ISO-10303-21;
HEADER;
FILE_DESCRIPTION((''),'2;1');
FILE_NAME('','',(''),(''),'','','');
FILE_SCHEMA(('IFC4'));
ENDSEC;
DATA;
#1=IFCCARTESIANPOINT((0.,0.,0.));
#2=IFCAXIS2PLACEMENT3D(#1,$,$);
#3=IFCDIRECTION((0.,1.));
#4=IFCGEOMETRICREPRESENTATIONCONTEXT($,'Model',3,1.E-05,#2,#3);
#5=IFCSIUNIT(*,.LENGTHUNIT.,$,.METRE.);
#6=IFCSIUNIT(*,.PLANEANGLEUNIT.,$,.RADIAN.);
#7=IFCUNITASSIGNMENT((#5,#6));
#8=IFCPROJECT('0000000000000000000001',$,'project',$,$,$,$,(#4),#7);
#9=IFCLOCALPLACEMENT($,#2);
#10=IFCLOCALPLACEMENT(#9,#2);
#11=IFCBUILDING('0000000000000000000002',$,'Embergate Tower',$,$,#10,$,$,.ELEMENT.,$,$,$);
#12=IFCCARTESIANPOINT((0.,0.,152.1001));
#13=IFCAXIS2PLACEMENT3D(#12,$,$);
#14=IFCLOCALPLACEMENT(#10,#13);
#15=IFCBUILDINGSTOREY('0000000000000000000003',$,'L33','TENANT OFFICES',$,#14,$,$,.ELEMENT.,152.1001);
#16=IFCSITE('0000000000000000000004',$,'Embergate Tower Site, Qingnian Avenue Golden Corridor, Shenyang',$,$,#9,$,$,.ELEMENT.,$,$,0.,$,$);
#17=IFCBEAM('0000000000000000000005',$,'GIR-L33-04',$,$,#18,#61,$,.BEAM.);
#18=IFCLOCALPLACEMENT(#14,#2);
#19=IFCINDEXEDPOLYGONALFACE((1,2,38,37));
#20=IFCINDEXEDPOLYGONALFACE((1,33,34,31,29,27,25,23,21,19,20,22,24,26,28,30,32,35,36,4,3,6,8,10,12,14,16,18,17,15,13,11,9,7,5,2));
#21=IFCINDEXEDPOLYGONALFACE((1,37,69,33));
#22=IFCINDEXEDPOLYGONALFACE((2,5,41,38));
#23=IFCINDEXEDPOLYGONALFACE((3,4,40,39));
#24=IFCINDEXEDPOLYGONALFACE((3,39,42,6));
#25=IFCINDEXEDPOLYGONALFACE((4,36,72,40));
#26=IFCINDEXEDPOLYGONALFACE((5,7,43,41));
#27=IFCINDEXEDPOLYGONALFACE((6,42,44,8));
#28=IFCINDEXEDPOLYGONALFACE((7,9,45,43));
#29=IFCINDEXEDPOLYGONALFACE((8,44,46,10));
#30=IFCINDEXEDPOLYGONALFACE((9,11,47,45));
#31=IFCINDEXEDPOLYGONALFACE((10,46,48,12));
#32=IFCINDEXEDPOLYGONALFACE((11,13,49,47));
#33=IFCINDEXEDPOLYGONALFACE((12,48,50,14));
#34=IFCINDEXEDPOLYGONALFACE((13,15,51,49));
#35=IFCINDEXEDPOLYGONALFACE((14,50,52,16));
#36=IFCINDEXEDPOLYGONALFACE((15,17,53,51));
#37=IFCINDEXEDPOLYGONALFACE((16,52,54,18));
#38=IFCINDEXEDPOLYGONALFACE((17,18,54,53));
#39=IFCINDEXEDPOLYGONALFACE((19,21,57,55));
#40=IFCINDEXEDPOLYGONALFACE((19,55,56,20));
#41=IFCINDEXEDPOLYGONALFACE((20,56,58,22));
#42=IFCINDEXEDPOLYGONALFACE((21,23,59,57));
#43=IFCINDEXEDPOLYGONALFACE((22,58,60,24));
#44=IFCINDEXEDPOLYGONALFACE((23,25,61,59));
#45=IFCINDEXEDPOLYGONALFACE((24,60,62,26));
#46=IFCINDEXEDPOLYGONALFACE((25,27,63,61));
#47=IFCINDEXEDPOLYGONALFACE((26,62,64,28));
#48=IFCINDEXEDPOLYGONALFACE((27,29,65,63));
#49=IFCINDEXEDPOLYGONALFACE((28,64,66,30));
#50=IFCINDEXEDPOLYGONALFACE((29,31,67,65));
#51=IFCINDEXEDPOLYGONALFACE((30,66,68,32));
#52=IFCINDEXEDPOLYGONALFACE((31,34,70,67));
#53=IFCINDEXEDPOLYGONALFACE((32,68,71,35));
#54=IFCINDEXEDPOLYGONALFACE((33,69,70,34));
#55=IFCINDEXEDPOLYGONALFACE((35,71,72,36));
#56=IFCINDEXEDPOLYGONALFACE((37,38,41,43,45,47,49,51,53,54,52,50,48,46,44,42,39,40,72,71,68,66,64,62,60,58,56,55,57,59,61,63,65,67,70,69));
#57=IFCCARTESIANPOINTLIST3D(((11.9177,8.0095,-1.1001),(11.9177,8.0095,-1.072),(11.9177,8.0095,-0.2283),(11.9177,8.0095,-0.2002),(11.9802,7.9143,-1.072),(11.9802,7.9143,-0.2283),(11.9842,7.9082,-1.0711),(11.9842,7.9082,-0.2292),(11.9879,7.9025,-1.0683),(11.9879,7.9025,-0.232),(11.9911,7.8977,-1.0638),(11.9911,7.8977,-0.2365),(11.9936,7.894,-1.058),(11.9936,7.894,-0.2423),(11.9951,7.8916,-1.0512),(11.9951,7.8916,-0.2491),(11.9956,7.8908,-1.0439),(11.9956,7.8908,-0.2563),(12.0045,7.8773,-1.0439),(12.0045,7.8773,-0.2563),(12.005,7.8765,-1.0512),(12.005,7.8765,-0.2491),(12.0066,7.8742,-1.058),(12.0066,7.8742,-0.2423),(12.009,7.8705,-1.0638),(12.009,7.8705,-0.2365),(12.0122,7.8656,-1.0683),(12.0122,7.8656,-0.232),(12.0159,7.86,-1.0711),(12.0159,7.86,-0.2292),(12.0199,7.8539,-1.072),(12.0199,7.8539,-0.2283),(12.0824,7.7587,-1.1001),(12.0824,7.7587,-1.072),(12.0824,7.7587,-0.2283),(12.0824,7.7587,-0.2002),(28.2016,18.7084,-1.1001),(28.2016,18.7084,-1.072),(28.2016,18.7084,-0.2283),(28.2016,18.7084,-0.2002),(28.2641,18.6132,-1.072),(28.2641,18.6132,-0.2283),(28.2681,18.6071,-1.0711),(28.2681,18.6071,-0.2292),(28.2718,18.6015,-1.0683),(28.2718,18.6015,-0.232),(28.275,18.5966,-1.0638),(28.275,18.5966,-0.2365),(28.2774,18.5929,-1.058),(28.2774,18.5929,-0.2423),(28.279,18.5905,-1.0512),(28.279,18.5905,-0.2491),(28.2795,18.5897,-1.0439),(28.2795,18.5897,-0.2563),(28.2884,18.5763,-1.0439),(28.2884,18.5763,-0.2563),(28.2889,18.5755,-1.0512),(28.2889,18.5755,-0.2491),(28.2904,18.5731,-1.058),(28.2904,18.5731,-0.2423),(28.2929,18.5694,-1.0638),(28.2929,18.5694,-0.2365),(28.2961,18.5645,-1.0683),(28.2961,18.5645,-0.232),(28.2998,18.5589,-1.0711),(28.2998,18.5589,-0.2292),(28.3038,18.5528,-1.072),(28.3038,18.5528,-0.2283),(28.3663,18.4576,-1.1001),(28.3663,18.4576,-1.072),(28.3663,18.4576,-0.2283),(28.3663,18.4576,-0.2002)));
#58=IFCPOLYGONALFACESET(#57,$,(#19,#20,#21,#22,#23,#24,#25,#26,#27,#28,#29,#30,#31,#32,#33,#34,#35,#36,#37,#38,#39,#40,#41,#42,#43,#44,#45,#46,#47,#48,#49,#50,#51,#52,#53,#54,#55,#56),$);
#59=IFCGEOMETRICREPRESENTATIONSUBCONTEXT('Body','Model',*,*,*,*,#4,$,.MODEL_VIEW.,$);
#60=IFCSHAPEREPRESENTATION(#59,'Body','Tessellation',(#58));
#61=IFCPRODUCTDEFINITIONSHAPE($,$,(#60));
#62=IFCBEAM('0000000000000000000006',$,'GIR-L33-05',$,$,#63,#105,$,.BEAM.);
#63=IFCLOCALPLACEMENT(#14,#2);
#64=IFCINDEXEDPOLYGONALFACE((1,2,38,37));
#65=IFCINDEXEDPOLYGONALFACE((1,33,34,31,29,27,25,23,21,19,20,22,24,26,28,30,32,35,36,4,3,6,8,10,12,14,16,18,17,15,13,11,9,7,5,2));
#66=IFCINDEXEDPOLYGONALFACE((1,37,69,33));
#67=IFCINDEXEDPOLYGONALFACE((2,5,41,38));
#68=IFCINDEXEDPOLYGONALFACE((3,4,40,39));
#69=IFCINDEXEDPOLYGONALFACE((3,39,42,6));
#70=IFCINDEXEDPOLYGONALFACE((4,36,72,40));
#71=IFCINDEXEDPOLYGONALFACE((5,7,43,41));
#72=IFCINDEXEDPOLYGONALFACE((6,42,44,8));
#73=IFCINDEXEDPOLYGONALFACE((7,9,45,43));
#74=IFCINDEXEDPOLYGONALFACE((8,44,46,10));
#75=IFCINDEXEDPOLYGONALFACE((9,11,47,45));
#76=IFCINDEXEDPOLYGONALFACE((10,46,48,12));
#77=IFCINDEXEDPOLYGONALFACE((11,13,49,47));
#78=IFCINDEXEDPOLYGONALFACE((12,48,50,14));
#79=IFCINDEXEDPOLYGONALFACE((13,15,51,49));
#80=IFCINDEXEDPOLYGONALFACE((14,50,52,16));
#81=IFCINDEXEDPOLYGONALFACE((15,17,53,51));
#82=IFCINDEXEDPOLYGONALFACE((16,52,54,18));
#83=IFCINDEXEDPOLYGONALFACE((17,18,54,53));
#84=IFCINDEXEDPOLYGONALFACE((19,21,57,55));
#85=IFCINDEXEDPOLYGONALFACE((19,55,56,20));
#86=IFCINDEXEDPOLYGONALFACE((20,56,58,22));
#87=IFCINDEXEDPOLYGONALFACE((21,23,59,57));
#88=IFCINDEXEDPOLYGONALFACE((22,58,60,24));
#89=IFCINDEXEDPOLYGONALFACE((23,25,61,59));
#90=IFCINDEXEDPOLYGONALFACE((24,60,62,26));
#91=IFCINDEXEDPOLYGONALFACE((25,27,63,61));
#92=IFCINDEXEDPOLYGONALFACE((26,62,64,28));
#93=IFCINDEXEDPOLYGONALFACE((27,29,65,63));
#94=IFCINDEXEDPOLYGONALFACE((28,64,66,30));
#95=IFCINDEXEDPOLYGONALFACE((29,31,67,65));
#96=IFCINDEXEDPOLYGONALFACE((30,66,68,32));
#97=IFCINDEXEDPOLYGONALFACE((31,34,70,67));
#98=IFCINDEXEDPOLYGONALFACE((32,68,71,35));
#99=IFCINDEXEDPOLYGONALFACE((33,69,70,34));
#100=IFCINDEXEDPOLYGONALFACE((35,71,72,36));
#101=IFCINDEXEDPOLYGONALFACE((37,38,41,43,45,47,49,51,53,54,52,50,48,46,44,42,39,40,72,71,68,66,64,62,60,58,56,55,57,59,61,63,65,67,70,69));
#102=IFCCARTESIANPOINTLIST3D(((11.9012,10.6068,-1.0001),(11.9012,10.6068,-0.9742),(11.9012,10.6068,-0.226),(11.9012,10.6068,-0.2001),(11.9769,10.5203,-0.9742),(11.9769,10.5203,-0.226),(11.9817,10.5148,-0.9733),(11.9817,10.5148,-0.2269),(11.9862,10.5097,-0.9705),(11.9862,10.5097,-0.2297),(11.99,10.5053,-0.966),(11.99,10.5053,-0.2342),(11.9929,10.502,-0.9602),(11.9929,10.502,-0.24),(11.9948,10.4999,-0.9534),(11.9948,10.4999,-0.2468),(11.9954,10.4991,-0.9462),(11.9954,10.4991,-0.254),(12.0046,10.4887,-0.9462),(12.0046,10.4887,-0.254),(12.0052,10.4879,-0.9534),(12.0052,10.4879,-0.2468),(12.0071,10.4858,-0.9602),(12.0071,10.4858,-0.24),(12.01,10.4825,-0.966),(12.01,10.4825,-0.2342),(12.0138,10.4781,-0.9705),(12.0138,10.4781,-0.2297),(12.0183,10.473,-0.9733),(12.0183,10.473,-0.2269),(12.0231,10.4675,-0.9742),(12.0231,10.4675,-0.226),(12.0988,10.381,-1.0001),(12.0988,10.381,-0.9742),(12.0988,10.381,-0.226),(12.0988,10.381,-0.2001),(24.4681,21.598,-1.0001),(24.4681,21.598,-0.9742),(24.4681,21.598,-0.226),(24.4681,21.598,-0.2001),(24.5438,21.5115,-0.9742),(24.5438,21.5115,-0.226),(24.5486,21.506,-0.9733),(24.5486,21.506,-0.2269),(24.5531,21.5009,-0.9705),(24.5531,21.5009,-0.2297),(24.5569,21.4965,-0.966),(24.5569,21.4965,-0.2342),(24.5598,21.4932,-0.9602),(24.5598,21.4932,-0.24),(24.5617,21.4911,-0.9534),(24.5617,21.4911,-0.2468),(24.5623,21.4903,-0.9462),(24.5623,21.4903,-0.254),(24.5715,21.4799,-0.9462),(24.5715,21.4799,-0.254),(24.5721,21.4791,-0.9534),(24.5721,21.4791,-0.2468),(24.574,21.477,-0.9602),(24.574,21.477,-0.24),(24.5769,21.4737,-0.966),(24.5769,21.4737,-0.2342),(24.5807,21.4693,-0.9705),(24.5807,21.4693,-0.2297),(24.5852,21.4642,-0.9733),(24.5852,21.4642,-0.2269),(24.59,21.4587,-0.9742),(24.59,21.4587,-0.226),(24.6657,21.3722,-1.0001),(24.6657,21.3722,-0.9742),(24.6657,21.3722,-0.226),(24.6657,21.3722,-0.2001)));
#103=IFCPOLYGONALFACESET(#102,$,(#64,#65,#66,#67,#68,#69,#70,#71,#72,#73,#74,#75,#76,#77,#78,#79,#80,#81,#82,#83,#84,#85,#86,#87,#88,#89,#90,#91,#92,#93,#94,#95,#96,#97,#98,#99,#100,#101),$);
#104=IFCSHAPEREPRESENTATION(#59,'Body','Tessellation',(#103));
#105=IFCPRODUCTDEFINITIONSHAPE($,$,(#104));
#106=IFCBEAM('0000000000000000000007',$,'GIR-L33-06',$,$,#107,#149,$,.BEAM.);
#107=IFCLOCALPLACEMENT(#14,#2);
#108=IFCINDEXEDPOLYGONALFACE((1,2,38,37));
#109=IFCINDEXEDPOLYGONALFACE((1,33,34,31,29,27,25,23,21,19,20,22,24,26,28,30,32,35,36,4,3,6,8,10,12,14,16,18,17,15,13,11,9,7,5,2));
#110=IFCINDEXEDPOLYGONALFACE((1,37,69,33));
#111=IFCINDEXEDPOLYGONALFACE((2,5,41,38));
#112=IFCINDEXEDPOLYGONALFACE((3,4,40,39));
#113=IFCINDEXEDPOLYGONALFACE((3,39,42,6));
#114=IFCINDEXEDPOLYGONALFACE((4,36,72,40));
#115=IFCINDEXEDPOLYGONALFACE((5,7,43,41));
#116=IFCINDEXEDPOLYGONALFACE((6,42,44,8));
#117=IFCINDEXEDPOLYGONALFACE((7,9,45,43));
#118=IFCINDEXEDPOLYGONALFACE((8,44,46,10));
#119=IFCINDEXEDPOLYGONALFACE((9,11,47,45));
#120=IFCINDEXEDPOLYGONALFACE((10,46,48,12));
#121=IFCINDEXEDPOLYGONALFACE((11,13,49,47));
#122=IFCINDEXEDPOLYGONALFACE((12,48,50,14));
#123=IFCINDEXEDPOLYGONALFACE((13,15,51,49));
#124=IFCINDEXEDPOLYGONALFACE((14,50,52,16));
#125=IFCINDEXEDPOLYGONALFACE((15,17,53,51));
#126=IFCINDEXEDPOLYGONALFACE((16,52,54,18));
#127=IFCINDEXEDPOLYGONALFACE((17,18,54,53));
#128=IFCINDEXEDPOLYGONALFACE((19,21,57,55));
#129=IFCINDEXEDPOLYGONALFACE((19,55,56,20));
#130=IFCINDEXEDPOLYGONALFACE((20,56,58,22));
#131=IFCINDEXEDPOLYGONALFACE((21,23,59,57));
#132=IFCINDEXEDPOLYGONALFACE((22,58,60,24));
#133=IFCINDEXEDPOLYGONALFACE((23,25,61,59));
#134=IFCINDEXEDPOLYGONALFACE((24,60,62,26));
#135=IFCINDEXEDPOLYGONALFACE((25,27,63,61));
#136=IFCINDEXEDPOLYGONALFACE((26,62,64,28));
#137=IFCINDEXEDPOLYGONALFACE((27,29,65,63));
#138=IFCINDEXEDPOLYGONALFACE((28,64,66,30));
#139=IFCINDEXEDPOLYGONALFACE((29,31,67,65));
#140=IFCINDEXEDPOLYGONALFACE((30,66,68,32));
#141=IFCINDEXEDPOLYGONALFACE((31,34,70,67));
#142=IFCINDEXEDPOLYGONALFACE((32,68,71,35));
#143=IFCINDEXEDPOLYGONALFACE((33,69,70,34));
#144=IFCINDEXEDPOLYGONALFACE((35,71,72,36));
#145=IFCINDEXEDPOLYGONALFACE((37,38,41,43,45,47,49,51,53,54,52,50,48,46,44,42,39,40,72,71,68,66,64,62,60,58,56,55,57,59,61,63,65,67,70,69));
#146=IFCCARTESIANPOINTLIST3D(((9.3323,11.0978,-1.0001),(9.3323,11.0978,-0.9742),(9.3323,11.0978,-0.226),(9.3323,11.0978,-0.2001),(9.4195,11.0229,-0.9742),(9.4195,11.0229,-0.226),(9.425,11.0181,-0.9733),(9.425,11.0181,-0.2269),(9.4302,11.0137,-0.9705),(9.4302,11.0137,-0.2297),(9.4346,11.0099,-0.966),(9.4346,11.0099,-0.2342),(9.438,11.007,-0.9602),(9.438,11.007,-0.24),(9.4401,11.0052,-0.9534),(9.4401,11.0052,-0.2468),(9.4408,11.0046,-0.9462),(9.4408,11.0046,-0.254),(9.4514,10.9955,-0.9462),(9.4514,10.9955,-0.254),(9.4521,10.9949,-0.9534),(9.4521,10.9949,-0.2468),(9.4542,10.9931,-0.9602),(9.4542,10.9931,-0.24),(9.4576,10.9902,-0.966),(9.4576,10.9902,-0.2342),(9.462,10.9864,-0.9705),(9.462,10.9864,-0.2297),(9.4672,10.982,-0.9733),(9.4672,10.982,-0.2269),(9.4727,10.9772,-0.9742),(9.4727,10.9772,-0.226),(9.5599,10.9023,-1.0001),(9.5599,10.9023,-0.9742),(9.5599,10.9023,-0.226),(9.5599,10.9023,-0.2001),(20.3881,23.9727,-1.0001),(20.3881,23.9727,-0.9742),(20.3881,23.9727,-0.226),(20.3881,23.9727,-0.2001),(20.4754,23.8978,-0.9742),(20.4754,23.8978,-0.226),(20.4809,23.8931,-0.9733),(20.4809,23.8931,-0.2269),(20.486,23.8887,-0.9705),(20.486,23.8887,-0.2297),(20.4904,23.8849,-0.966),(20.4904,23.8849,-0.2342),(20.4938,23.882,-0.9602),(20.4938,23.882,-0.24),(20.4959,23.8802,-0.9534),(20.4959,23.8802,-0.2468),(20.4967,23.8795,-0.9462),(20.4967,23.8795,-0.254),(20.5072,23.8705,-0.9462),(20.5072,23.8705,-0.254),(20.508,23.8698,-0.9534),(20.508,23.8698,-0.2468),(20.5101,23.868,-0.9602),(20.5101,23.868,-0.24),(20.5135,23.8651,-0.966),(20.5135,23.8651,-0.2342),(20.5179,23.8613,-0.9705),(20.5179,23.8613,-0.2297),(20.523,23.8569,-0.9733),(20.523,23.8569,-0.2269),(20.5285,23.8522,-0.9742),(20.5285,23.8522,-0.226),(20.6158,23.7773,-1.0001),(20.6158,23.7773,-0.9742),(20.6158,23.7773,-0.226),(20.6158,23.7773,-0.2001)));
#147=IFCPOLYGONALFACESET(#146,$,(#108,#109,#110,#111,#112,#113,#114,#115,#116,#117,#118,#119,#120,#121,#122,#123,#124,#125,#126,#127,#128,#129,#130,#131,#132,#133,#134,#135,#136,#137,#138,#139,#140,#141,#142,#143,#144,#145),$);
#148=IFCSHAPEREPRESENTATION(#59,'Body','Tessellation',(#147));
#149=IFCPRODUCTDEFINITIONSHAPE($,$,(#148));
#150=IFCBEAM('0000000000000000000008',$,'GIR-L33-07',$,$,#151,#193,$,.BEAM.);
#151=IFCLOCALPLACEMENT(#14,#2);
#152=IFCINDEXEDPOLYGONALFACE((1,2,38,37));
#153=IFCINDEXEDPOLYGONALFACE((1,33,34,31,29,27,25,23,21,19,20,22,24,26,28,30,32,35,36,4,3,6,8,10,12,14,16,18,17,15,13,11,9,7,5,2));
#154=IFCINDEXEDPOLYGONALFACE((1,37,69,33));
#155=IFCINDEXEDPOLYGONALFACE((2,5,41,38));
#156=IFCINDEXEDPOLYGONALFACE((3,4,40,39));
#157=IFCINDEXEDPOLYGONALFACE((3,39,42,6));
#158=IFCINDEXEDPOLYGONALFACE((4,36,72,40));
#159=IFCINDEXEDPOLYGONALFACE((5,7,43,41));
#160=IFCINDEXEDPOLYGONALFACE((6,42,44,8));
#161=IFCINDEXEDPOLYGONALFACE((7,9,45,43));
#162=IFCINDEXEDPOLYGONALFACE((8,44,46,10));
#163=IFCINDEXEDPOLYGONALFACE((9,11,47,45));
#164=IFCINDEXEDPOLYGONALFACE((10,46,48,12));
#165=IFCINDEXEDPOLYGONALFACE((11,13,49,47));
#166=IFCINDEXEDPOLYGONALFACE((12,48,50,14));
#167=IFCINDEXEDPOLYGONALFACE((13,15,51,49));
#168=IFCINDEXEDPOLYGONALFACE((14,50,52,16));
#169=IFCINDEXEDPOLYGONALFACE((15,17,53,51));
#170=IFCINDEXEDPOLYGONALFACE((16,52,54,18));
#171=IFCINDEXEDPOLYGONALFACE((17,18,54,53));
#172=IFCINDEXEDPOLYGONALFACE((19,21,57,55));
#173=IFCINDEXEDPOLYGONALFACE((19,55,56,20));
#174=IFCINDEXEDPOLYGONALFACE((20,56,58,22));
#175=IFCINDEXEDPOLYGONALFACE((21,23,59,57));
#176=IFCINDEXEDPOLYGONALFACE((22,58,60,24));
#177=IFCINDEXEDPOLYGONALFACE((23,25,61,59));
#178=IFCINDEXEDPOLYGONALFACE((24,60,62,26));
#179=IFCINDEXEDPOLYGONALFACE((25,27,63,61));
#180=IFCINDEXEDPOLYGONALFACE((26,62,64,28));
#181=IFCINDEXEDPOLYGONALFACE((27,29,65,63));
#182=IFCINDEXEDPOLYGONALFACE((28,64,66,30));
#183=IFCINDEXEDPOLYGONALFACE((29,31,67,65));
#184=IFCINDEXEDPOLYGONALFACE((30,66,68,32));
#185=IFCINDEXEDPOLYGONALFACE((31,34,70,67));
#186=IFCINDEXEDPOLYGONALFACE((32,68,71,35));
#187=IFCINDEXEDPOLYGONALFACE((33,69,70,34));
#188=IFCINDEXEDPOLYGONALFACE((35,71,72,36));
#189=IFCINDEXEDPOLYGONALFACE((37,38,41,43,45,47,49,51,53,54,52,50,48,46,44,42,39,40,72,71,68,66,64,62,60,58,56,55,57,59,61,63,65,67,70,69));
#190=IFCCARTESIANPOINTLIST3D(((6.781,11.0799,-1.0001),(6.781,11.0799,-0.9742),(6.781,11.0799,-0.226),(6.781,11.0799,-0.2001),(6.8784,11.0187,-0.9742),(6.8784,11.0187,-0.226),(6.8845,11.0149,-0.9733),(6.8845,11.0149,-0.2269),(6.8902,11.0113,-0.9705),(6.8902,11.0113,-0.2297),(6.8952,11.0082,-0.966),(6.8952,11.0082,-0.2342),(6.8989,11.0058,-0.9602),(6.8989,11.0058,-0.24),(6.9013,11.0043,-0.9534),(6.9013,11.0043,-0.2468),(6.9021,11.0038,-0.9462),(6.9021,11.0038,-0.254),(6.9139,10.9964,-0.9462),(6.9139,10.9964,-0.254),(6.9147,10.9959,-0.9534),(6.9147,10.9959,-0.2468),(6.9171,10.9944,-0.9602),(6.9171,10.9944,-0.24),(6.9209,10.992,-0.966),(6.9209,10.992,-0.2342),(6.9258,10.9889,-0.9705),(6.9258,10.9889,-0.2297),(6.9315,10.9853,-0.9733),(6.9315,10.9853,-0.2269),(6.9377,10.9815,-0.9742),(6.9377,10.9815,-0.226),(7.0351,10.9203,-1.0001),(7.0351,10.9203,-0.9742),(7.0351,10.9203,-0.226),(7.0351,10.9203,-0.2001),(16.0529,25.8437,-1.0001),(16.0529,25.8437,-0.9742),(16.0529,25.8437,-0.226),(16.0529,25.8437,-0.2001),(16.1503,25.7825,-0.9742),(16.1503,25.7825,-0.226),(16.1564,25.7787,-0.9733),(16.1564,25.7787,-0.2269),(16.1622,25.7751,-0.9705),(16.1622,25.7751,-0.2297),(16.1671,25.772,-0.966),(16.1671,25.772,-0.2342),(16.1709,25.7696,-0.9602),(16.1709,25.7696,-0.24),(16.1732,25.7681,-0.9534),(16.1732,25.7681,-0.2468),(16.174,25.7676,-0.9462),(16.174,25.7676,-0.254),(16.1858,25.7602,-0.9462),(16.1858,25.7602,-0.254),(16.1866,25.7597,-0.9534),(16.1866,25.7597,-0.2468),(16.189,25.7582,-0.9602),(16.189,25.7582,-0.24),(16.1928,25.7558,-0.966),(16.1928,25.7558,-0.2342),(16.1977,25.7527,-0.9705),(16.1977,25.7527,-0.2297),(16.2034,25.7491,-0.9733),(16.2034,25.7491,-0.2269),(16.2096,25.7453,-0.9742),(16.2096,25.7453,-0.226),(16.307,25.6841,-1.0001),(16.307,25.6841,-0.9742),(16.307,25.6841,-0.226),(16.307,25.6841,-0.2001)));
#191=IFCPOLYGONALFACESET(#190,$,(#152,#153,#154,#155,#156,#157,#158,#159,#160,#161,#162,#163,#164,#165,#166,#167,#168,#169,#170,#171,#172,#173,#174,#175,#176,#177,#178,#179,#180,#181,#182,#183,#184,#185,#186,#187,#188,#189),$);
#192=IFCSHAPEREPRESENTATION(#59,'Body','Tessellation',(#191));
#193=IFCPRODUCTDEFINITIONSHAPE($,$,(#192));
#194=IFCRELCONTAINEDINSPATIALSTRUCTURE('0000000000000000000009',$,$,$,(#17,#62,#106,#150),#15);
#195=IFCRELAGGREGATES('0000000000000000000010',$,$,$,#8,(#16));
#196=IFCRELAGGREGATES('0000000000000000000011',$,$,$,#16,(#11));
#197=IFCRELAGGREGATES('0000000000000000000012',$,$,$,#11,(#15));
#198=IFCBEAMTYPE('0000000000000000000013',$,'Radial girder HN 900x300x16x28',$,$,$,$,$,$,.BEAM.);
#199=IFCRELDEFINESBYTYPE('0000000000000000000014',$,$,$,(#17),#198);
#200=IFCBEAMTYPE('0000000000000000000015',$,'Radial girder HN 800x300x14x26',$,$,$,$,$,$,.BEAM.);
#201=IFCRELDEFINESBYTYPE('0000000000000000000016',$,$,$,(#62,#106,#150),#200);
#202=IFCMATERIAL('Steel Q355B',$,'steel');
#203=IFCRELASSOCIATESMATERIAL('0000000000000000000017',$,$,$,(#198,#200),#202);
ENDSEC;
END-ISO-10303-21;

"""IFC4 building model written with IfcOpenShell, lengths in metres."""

from ifc_helpers import new_model, si_unit, direction, frame, origin, origin_2d, place, context, subcontext, project, spatial, i_section, extrude, source, transform, mapped, material, material_profile, profile_set, type_object, element, save


model = new_model("IFC4")

# Units and contexts
model_context = context("Model", 3, precision=1e-05, world=origin(), true_north=direction((0.0, 1.0)))
body_context = subcontext(model_context, "Body", "Model", "MODEL_VIEW")
ifc_project = project(units=[si_unit("LENGTHUNIT", "METRE"), si_unit("PLANEANGLEUNIT", "RADIAN")], contexts=[model_context])

# Site, building, storey
site_placement = place(None, origin())
site = spatial("IfcSite", under=ifc_project, at=site_placement, Name="Embergate Tower Site, Qingnian Avenue Golden Corridor, Shenyang", CompositionType="ELEMENT", RefElevation=0.0)
building_placement = place(site_placement, origin())
building = spatial("IfcBuilding", under=site, at=building_placement, Name="Embergate Tower", CompositionType="ELEMENT")
storey_placement = place(building_placement, frame((0.0, 0.0, 152.1001)))
storey = spatial("IfcBuildingStorey", under=building, at=storey_placement, Name="L33", Description="TENANT OFFICES", CompositionType="ELEMENT", Elevation=152.1001)

# Beams
ifc_material_1 = material(Name="Steel Q355B", Category="steel")
ifc_material_profile_1 = material_profile(ifc_material_1, i_section(OverallWidth=0.3, OverallDepth=0.8999, WebThickness=0.0161, FlangeThickness=0.0281, FilletRadius=0.0281, at=origin_2d()), Name="HN 900x300x16x28")
ifc_profile_set_1 = profile_set([ifc_material_profile_1], Name="Steel Q355 grade B")
beam_type_1 = type_object("IfcBeamType", Name="Radial girder HN 900x300x16x28", PredefinedType="BEAM", material=ifc_profile_set_1)
shared_shape_1 = source(origin(), body_context, "Body", "SweptSolid", [
    extrude(i_section(OverallWidth=0.3, OverallDepth=0.8999, WebThickness=0.0161, FlangeThickness=0.0281, FilletRadius=0.0281, at=origin_2d()), origin(), (0.0, 0.0, 1.0), 19.4841),
])
beam_1_placement = place(storey_placement, frame((28.2839, 18.583, -0.6501), z_axis=(-0.83575, -0.54911, 0.0), x_axis=(0.54911, -0.83575, 0.0)))
element("IfcBeam", 1, at=beam_1_placement, inside=storey, type_object=beam_type_1, Name="GIR-L33-04", PredefinedType="BEAM", context=body_context, shape_type="MappedRepresentation", body=[
    mapped(shared_shape_1, transform((0.0, 0.0, 0.0))),
])
ifc_material_profile_2 = material_profile(ifc_material_1, i_section(OverallWidth=0.3, OverallDepth=0.8, WebThickness=0.0139, FlangeThickness=0.0259, FilletRadius=0.0281, at=origin_2d()), Name="HN 800x300x14x26")
ifc_profile_set_2 = profile_set([ifc_material_profile_2], Name="Steel Q355 grade B")
beam_type_2 = type_object("IfcBeamType", Name="Radial girder HN 800x300x14x26", PredefinedType="BEAM", material=ifc_profile_set_2)
shared_shape_2 = source(origin(), body_context, "Body", "SweptSolid", [
    extrude(i_section(OverallWidth=0.3, OverallDepth=0.8, WebThickness=0.0139, FlangeThickness=0.0259, FilletRadius=0.0281, at=origin_2d()), origin(), (0.0, 0.0, 1.0), 16.6953),
])
beam_2_placement = place(storey_placement, frame((24.5669, 21.4851, -0.6001), z_axis=(-0.75272, -0.658341, 0.0), x_axis=(0.658341, -0.75272, 0.0)))
element("IfcBeam", 2, at=beam_2_placement, inside=storey, type_object=beam_type_2, Name="GIR-L33-05", PredefinedType="BEAM", context=body_context, shape_type="MappedRepresentation", body=[
    mapped(shared_shape_2, transform((0.0, 0.0, 0.0))),
])
shared_shape_3 = source(origin(), body_context, "Body", "SweptSolid", [
    extrude(i_section(OverallWidth=0.3, OverallDepth=0.8, WebThickness=0.0139, FlangeThickness=0.0259, FilletRadius=0.0281, at=origin_2d()), origin(), (0.0, 0.0, 1.0), 16.9705),
])
beam_3_placement = place(storey_placement, frame((20.502, 23.875, -0.6001), z_axis=(-0.651477, -0.758668, 0.0), x_axis=(0.758668, -0.651477, 0.0)))
element("IfcBeam", 3, at=beam_3_placement, inside=storey, type_object=beam_type_2, Name="GIR-L33-06", PredefinedType="BEAM", context=body_context, shape_type="MappedRepresentation", body=[
    mapped(shared_shape_3, transform((0.0, 0.0, 0.0))),
])
shared_shape_4 = source(origin(), body_context, "Body", "SweptSolid", [
    extrude(i_section(OverallWidth=0.3, OverallDepth=0.8, WebThickness=0.0139, FlangeThickness=0.0259, FilletRadius=0.0281, at=origin_2d()), origin(), (0.0, 0.0, 1.0), 17.4338),
])
beam_4_placement = place(storey_placement, frame((16.1799, 25.7639, -0.6001), z_axis=(-0.531834, -0.846848, 0.0), x_axis=(0.846848, -0.531834, 0.0)))
element("IfcBeam", 4, at=beam_4_placement, inside=storey, type_object=beam_type_2, Name="GIR-L33-07", PredefinedType="BEAM", context=body_context, shape_type="MappedRepresentation", body=[
    mapped(shared_shape_4, transform((0.0, 0.0, 0.0))),
])

save(model, "model.ifc")
